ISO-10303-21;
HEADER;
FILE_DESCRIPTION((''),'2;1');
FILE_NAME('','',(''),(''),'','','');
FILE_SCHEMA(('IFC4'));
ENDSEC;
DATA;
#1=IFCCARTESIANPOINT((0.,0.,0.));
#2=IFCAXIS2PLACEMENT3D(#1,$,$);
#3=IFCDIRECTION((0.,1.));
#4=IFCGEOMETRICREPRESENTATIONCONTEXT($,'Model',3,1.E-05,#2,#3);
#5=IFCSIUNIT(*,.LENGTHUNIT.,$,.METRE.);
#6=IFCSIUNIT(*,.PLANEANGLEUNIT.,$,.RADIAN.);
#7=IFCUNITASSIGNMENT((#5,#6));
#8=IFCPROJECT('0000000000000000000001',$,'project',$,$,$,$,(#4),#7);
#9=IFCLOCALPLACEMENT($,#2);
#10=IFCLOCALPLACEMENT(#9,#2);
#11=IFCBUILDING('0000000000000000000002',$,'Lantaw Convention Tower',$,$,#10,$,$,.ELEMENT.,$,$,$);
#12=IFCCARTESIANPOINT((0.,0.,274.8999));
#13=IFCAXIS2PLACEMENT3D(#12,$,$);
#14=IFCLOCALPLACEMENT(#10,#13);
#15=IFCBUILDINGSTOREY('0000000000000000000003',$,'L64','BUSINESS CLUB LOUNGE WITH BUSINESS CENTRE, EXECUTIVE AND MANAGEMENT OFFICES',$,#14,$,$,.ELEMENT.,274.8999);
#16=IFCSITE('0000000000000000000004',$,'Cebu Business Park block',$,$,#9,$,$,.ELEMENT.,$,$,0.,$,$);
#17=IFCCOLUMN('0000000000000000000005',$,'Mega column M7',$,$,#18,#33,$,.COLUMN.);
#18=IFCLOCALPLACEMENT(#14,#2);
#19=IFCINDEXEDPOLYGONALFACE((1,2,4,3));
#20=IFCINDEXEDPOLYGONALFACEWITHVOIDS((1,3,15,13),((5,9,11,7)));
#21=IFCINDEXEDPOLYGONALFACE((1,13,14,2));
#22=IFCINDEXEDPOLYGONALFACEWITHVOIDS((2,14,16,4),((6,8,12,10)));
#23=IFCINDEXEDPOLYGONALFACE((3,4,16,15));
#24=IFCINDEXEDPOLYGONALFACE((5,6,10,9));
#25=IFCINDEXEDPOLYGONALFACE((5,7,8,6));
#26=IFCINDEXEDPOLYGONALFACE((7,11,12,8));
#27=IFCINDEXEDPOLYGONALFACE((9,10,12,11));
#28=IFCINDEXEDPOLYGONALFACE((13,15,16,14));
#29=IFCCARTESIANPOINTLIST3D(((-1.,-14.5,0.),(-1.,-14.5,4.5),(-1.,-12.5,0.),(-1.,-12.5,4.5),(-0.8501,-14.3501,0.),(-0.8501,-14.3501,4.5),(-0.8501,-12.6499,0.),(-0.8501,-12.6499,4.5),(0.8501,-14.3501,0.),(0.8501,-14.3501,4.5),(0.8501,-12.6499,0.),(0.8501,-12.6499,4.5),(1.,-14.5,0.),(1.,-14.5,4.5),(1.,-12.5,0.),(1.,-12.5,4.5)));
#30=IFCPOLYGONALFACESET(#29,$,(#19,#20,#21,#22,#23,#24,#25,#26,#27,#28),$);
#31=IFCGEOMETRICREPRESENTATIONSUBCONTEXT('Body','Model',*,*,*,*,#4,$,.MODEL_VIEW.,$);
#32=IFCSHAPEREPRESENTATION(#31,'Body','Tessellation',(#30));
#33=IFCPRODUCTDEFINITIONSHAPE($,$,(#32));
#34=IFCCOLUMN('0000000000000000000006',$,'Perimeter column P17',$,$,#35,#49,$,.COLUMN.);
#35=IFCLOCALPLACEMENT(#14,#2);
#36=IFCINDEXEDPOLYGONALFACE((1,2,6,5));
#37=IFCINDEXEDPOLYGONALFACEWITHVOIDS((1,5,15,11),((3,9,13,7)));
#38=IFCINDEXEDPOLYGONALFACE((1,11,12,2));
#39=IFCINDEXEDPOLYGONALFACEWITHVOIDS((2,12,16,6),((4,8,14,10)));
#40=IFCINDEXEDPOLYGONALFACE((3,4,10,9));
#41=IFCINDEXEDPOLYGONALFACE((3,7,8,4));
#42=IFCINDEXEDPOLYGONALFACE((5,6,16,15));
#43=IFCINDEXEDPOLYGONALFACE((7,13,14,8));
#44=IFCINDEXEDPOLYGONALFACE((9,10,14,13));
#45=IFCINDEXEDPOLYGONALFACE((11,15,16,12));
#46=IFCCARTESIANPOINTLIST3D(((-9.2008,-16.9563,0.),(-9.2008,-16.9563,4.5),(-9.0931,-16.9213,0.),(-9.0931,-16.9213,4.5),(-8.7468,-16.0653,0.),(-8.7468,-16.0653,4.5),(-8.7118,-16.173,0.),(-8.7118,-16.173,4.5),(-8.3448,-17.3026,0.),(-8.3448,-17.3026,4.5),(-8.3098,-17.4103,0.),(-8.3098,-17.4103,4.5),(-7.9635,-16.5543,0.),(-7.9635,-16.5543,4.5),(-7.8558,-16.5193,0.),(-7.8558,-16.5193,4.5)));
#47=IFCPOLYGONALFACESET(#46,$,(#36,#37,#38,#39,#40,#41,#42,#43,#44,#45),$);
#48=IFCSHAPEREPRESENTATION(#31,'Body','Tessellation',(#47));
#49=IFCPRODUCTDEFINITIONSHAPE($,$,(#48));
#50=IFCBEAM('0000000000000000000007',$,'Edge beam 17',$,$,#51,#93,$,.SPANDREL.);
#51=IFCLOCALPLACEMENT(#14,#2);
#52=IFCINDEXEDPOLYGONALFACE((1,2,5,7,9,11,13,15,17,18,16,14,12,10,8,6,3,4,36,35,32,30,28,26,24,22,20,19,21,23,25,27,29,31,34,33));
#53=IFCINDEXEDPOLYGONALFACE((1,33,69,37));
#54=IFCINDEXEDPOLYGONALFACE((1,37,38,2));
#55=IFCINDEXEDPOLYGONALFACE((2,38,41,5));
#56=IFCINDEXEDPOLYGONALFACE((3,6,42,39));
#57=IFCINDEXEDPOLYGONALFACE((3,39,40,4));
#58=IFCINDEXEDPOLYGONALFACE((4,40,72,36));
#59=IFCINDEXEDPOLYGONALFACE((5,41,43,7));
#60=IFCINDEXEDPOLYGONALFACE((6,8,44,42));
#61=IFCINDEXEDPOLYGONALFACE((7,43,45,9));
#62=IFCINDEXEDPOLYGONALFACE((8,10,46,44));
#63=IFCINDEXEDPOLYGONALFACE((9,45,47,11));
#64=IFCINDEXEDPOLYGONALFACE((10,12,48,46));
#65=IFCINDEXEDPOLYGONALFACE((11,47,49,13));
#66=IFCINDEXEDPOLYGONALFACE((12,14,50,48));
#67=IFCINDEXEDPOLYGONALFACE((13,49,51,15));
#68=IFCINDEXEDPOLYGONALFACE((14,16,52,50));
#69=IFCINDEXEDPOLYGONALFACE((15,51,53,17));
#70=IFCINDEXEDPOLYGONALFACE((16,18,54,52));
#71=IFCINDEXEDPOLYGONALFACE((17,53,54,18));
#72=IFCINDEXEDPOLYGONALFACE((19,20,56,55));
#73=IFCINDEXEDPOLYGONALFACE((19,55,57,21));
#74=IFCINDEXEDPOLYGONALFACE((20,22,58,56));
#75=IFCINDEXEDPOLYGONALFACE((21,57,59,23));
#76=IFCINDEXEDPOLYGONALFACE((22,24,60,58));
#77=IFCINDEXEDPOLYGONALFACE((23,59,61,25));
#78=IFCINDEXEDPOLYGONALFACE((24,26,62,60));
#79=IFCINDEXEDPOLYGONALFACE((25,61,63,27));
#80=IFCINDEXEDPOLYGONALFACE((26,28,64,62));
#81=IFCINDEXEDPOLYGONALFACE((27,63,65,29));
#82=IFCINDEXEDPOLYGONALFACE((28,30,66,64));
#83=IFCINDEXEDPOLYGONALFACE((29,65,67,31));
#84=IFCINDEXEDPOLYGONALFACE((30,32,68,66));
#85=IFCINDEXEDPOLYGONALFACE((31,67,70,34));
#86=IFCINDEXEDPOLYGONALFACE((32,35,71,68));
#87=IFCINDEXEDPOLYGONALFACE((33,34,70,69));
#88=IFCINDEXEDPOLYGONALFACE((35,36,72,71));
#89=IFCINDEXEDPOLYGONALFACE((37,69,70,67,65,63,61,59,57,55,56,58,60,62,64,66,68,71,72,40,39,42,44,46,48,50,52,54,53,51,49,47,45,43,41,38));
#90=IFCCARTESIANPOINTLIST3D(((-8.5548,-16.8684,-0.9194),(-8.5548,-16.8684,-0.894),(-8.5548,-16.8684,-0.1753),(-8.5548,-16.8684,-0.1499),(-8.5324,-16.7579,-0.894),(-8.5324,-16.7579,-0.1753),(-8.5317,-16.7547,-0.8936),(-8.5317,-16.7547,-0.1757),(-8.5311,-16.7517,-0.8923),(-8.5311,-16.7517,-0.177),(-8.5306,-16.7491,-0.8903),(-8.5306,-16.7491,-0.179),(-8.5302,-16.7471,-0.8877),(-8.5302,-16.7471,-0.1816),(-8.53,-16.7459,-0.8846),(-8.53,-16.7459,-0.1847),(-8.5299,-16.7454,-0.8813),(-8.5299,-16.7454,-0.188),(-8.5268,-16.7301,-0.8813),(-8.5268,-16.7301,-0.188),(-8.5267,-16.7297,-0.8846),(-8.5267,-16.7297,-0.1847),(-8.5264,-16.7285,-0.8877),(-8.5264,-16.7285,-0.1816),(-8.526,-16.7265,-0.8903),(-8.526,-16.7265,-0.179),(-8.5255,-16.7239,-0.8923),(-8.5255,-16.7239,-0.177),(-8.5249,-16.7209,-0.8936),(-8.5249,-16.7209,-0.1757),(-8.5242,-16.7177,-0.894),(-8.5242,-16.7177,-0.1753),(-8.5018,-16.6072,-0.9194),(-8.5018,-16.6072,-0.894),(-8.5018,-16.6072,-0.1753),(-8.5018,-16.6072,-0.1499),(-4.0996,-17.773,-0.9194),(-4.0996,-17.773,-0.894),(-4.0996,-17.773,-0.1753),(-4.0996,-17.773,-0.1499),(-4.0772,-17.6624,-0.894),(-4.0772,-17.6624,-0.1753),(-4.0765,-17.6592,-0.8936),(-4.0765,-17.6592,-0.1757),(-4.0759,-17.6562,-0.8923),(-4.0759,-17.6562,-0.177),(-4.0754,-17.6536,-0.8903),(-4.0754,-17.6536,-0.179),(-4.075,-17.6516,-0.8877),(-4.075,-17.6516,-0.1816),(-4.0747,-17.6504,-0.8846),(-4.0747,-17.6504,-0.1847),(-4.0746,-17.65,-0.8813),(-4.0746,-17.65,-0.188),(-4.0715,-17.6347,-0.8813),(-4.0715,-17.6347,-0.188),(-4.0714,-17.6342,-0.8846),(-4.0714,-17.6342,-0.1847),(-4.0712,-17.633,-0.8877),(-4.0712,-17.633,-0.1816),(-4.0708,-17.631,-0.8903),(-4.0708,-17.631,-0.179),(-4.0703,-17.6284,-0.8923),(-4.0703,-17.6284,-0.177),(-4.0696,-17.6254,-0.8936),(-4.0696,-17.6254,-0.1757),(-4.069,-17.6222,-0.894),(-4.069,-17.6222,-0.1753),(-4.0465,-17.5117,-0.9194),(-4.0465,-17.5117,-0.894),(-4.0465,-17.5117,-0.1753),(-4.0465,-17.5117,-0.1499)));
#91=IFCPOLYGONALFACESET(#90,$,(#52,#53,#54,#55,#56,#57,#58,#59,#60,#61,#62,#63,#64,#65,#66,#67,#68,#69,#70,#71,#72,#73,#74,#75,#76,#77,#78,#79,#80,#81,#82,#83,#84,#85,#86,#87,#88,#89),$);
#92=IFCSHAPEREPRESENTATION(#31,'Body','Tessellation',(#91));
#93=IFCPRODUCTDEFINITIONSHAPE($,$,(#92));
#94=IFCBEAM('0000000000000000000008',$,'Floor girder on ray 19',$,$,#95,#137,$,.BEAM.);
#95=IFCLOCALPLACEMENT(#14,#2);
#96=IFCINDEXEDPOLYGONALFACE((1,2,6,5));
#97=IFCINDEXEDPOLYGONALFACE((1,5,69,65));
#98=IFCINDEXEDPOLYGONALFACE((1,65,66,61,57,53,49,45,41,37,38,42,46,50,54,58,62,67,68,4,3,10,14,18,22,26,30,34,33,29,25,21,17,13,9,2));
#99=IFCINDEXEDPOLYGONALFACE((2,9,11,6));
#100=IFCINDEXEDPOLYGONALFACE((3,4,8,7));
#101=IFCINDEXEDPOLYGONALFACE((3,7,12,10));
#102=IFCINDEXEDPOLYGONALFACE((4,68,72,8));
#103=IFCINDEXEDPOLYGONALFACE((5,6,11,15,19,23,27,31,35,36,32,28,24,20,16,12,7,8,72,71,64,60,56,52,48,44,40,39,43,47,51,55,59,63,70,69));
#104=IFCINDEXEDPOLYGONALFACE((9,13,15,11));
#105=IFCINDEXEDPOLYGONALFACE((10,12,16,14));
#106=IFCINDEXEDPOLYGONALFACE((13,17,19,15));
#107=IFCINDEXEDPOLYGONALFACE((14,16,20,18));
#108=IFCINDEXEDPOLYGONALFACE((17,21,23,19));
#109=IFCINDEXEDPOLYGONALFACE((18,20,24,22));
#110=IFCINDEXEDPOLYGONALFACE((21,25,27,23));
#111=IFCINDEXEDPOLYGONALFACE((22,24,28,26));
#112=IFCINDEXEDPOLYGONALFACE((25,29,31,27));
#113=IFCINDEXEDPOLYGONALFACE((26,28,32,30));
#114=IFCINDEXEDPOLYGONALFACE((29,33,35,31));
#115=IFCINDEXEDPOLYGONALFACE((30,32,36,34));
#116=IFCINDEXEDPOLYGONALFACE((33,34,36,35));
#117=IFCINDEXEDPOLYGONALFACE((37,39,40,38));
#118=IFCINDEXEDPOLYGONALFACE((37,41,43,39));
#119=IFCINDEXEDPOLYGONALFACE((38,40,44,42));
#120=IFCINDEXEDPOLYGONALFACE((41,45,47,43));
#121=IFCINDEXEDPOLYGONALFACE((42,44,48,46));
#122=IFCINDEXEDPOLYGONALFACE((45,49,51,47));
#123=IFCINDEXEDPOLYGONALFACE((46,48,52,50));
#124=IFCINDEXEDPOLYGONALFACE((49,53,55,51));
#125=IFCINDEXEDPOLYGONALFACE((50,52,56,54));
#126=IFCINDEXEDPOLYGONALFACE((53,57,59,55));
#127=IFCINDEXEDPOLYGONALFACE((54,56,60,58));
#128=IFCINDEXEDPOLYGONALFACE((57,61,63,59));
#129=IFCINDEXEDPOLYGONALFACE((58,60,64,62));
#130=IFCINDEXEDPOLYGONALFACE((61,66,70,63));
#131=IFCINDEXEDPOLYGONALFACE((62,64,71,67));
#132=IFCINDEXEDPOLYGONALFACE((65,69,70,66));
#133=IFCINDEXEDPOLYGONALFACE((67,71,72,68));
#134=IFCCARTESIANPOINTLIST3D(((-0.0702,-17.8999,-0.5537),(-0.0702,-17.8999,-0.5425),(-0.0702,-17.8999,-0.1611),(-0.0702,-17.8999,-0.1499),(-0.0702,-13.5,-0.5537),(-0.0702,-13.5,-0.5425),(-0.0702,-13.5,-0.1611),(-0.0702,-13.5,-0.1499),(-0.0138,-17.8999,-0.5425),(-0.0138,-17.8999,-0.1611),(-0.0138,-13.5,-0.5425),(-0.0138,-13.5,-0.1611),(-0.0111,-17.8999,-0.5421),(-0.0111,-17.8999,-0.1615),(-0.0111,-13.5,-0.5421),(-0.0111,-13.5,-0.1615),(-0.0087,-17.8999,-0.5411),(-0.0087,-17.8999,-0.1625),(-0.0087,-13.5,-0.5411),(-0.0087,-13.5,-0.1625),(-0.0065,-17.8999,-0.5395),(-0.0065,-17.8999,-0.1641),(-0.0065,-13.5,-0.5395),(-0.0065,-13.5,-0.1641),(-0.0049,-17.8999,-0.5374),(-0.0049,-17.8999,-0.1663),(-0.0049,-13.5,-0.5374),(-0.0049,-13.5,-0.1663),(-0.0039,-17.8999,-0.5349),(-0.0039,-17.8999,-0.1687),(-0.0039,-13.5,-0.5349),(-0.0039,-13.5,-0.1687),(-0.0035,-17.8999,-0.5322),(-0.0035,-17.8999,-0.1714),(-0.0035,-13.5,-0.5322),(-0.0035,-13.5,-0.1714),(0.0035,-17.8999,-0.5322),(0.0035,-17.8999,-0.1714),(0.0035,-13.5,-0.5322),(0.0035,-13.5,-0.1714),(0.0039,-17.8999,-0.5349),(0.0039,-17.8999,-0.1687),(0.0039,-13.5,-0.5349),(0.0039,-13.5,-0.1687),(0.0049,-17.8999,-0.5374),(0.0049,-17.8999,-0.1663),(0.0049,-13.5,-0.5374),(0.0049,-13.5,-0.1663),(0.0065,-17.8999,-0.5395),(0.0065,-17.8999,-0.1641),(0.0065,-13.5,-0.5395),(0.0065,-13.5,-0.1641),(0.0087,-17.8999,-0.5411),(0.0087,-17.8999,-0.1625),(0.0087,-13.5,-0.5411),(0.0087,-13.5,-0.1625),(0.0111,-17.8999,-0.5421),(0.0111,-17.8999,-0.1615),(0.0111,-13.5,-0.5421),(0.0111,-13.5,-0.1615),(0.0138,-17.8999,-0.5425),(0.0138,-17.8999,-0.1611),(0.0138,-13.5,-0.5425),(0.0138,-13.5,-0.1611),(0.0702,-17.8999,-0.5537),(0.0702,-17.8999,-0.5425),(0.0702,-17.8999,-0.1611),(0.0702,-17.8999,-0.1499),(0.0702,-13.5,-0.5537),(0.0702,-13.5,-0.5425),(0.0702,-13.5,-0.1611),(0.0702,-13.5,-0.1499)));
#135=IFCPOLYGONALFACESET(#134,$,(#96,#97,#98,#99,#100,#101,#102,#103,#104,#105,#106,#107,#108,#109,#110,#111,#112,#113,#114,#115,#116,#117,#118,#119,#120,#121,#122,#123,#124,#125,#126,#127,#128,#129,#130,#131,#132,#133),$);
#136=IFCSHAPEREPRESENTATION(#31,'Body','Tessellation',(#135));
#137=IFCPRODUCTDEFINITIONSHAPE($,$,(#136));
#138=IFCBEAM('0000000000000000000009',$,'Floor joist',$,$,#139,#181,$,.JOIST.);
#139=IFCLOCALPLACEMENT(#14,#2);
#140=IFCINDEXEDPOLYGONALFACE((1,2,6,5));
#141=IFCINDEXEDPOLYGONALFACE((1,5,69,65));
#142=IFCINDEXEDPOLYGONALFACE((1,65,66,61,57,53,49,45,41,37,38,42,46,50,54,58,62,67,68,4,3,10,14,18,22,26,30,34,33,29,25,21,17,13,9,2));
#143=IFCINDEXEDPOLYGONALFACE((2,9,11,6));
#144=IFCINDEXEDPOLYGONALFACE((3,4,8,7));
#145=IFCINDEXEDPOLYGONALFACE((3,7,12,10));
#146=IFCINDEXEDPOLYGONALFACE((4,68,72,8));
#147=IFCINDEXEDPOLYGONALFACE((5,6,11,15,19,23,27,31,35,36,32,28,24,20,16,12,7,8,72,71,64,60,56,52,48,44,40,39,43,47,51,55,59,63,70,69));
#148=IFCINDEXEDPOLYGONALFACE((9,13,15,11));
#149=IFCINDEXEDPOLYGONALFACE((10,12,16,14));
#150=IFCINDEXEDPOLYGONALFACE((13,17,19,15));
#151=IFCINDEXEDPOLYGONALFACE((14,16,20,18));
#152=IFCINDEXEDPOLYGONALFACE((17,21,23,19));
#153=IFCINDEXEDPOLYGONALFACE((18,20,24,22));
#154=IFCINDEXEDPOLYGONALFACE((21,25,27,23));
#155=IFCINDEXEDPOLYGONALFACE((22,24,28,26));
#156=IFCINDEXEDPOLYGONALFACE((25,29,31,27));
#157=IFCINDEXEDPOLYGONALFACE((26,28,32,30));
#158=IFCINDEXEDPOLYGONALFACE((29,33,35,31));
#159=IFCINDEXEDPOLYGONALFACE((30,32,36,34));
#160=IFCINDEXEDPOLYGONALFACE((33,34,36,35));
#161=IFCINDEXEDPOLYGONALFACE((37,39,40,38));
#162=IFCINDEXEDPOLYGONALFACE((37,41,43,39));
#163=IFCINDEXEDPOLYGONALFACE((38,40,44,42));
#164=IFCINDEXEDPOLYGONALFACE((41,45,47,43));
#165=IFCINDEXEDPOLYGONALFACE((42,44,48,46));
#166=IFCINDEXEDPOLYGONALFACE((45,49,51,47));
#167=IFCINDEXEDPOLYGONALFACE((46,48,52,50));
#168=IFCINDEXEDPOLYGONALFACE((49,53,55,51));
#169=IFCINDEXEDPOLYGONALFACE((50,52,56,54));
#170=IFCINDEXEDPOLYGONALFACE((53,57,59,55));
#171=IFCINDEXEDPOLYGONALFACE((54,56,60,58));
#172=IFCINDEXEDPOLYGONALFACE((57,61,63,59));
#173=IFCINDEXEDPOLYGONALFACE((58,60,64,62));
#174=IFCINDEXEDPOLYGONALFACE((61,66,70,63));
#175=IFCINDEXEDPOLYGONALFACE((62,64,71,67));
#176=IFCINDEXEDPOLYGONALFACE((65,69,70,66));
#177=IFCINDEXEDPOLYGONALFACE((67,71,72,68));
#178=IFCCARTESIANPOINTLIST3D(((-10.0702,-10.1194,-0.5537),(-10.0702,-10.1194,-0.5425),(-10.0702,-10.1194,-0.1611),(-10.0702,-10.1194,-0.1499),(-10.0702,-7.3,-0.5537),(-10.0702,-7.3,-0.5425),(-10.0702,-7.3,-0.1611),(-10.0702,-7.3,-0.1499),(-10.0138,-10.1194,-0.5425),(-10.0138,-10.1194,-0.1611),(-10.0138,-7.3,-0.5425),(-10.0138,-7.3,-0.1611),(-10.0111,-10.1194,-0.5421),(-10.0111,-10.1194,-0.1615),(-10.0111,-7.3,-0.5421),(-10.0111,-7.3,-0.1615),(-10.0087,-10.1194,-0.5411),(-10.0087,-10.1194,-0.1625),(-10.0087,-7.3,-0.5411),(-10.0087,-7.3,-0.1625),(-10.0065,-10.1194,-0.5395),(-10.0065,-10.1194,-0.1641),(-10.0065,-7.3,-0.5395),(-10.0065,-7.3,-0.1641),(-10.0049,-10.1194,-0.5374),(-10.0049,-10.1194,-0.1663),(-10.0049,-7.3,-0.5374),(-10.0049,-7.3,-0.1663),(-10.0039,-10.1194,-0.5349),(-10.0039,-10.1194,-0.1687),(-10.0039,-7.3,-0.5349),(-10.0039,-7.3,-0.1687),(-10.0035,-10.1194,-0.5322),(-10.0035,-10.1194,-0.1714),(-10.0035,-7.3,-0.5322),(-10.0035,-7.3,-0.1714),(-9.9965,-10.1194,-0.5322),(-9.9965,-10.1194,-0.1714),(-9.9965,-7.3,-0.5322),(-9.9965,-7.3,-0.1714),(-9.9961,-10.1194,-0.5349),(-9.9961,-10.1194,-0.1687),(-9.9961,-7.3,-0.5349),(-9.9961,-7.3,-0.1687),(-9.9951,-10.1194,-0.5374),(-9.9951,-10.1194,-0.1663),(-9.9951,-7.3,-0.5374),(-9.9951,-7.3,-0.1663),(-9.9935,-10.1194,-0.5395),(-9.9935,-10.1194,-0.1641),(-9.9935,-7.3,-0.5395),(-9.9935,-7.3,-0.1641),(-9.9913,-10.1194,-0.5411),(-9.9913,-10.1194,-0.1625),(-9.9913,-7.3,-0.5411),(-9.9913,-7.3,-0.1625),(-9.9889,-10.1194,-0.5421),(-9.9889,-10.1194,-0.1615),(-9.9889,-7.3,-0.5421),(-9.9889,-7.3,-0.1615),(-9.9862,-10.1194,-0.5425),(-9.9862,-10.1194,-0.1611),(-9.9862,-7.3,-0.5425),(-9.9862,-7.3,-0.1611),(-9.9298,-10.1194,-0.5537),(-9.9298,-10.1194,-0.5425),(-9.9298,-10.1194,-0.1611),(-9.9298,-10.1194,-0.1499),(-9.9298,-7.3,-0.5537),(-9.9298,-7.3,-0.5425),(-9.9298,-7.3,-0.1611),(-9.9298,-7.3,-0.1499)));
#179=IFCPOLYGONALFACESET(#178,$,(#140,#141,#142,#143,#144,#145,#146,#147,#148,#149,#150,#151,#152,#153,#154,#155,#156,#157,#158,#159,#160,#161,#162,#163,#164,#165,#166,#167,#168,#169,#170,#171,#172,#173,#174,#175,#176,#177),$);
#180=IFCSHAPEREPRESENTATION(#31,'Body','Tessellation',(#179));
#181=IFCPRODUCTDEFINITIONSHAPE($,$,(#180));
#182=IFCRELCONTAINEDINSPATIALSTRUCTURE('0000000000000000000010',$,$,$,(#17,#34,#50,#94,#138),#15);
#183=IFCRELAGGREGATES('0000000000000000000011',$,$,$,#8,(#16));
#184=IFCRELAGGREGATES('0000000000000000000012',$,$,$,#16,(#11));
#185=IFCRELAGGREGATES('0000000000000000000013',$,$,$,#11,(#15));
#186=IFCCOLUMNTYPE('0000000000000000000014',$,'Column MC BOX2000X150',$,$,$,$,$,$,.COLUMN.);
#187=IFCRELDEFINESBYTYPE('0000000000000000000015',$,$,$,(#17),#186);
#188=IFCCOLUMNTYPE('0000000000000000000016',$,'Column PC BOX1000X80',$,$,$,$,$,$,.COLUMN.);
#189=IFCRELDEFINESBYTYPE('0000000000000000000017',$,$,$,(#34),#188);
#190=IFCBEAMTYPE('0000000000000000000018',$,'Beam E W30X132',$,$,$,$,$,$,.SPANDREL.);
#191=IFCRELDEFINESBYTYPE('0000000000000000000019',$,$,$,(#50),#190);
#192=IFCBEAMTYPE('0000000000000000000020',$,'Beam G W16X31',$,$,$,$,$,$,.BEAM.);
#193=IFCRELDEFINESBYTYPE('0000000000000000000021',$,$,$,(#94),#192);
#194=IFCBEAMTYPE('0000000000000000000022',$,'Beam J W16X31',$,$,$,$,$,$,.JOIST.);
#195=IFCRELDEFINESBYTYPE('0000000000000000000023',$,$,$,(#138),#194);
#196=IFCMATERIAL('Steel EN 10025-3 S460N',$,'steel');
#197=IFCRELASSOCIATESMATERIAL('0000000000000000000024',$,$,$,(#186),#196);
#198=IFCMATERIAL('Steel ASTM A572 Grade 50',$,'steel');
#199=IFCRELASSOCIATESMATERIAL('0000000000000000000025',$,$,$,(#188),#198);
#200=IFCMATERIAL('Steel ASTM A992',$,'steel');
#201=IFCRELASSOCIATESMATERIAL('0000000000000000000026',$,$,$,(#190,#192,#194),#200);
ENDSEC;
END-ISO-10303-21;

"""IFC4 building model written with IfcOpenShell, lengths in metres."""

from ifc_helpers import new_model, si_unit, direction, frame, origin, origin_2d, place, context, subcontext, project, spatial, rectangle, hollow_rectangle, i_section, extrude, material, material_profile, profile_set, type_object, element, save


model = new_model("IFC4")

# Units and contexts
model_context = context("Model", 3, precision=1e-05, world=origin(), true_north=direction((0.0, 1.0)))
body_context = subcontext(model_context, "Body", "Model", "MODEL_VIEW")
ifc_project = project(units=[si_unit("LENGTHUNIT", "METRE"), si_unit("PLANEANGLEUNIT", "RADIAN")], contexts=[model_context])

# Site, building, storey
site_placement = place(None, origin())
site = spatial("IfcSite", under=ifc_project, at=site_placement, Name="Cebu Business Park block", CompositionType="ELEMENT", RefElevation=0.0)
building_placement = place(site_placement, origin())
building = spatial("IfcBuilding", under=site, at=building_placement, Name="Lantaw Convention Tower", CompositionType="ELEMENT")
storey_placement = place(building_placement, frame((0.0, 0.0, 274.8999)))
storey = spatial("IfcBuildingStorey", under=building, at=storey_placement, Name="L64", Description="BUSINESS CLUB LOUNGE WITH BUSINESS CENTRE, EXECUTIVE AND MANAGEMENT OFFICES", CompositionType="ELEMENT", Elevation=274.8999)

# Columns
ifc_material_1 = material(Name="Steel EN 10025-3 S460N", Category="steel")
ifc_material_profile_1 = material_profile(ifc_material_1, hollow_rectangle(XDim=2.0, YDim=2.0, WallThickness=0.1499, at=origin_2d()), Name="BOX2000X150")
ifc_material_2 = material(Name="Concrete C60/75", Category="concrete")
ifc_material_profile_2 = material_profile(ifc_material_2, rectangle(XDim=1.7, YDim=1.7, at=origin_2d()), Name="Concrete fill of BOX2000X150")
ifc_profile_set_1 = profile_set([ifc_material_profile_1, ifc_material_profile_2], Name="Steel EN 10025-3 S460N")
column_type_1 = type_object("IfcColumnType", Name="Column MC BOX2000X150", PredefinedType="COLUMN", material=ifc_profile_set_1)
column_1_placement = place(storey_placement, frame((0.0, -13.5, 0.0), z_axis=(0.0, 0.0, 1.0), x_axis=(1.0, 0.0, 0.0)))
element("IfcColumn", 1, at=column_1_placement, inside=storey, type_object=column_type_1, Name="Mega column M7", PredefinedType="COLUMN", context=body_context, shape_type="SweptSolid", body=[
    extrude(hollow_rectangle(XDim=2.0, YDim=2.0, WallThickness=0.1499, at=origin_2d()), origin(), (0.0, 0.0, 1.0), 4.5),
])
ifc_material_3 = material(Name="Steel ASTM A572 Grade 50", Category="steel")
ifc_material_profile_3 = material_profile(ifc_material_3, hollow_rectangle(XDim=1.0, YDim=1.0, WallThickness=0.0801, at=origin_2d()), Name="BOX1000X80")
ifc_material_profile_4 = material_profile(ifc_material_2, rectangle(XDim=0.8401, YDim=0.8401, at=origin_2d()), Name="Concrete fill of BOX1000X80")
ifc_profile_set_2 = profile_set([ifc_material_profile_3, ifc_material_profile_4], Name="Steel ASTM A572 Grade 50")
column_type_2 = type_object("IfcColumnType", Name="Column PC BOX1000X80", PredefinedType="COLUMN", material=ifc_profile_set_2)
column_2_placement = place(storey_placement, frame((-8.5283, -16.7378, 0.0), z_axis=(0.0, 0.0, 1.0), x_axis=(0.45399, 0.891007, 0.0)))
element("IfcColumn", 2, at=column_2_placement, inside=storey, type_object=column_type_2, Name="Perimeter column P17", PredefinedType="COLUMN", context=body_context, shape_type="SweptSolid", body=[
    extrude(hollow_rectangle(XDim=1.0, YDim=1.0, WallThickness=0.0801, at=origin_2d()), origin(), (0.0, 0.0, 1.0), 4.5),
])

# Beams
ifc_material_4 = material(Name="Steel ASTM A992", Category="steel")
ifc_material_profile_5 = material_profile(ifc_material_4, i_section(OverallWidth=0.2666, OverallDepth=0.7695, WebThickness=0.0156, FlangeThickness=0.0254, FilletRadius=0.0127, at=origin_2d()), Name="W30X132")
ifc_profile_set_3 = profile_set([ifc_material_profile_5], Name="Steel ASTM A992")
beam_type_1 = type_object("IfcBeamType", Name="Beam E W30X132", PredefinedType="SPANDREL", material=ifc_profile_set_3)
beam_1_placement = place(storey_placement, frame((-8.5283, -16.7378, -0.5347), z_axis=(0.980006, -0.198966, 0.0), x_axis=(0.198966, 0.980006, 0.0)))
element("IfcBeam", 3, at=beam_1_placement, inside=storey, type_object=beam_type_1, Name="Edge beam 17", PredefinedType="SPANDREL", context=body_context, shape_type="SweptSolid", body=[
    extrude(i_section(OverallWidth=0.2666, OverallDepth=0.7695, WebThickness=0.0156, FlangeThickness=0.0254, FilletRadius=0.0127, at=origin_2d()), origin(), (0.0, 0.0, 1.0), 4.5461),
])
ifc_material_profile_6 = material_profile(ifc_material_4, i_section(OverallWidth=0.1404, OverallDepth=0.4038, WebThickness=0.0071, FlangeThickness=0.0112, FilletRadius=0.0103, at=origin_2d()), Name="W16X31")
ifc_profile_set_4 = profile_set([ifc_material_profile_6], Name="Steel ASTM A992")
beam_type_2 = type_object("IfcBeamType", Name="Beam G W16X31", PredefinedType="BEAM", material=ifc_profile_set_4)
beam_2_placement = place(storey_placement, frame((0.0, -13.5, -0.3518), z_axis=(0.0, -1.0, 0.0), x_axis=(1.0, 0.0, 0.0)))
element("IfcBeam", 4, at=beam_2_placement, inside=storey, type_object=beam_type_2, Name="Floor girder on ray 19", PredefinedType="BEAM", context=body_context, shape_type="SweptSolid", body=[
    extrude(i_section(OverallWidth=0.1404, OverallDepth=0.4038, WebThickness=0.0071, FlangeThickness=0.0112, FilletRadius=0.0103, at=origin_2d()), origin(), (0.0, 0.0, 1.0), 4.3999),
])
ifc_material_profile_7 = material_profile(ifc_material_4, i_section(OverallWidth=0.1404, OverallDepth=0.4038, WebThickness=0.0071, FlangeThickness=0.0112, FilletRadius=0.0103, at=origin_2d()), Name="W16X31")
ifc_profile_set_5 = profile_set([ifc_material_profile_7], Name="Steel ASTM A992")
beam_type_3 = type_object("IfcBeamType", Name="Beam J W16X31", PredefinedType="JOIST", material=ifc_profile_set_5)
beam_3_placement = place(storey_placement, frame((-10.0, -10.1194, -0.3518), z_axis=(0.0, 1.0, 0.0), x_axis=(-1.0, 0.0, 0.0)))
element("IfcBeam", 5, at=beam_3_placement, inside=storey, type_object=beam_type_3, Name="Floor joist", PredefinedType="JOIST", context=body_context, shape_type="SweptSolid", body=[
    extrude(i_section(OverallWidth=0.1404, OverallDepth=0.4038, WebThickness=0.0071, FlangeThickness=0.0112, FilletRadius=0.0103, at=origin_2d()), origin(), (0.0, 0.0, 1.0), 2.8193),
])

save(model, "model.ifc")
